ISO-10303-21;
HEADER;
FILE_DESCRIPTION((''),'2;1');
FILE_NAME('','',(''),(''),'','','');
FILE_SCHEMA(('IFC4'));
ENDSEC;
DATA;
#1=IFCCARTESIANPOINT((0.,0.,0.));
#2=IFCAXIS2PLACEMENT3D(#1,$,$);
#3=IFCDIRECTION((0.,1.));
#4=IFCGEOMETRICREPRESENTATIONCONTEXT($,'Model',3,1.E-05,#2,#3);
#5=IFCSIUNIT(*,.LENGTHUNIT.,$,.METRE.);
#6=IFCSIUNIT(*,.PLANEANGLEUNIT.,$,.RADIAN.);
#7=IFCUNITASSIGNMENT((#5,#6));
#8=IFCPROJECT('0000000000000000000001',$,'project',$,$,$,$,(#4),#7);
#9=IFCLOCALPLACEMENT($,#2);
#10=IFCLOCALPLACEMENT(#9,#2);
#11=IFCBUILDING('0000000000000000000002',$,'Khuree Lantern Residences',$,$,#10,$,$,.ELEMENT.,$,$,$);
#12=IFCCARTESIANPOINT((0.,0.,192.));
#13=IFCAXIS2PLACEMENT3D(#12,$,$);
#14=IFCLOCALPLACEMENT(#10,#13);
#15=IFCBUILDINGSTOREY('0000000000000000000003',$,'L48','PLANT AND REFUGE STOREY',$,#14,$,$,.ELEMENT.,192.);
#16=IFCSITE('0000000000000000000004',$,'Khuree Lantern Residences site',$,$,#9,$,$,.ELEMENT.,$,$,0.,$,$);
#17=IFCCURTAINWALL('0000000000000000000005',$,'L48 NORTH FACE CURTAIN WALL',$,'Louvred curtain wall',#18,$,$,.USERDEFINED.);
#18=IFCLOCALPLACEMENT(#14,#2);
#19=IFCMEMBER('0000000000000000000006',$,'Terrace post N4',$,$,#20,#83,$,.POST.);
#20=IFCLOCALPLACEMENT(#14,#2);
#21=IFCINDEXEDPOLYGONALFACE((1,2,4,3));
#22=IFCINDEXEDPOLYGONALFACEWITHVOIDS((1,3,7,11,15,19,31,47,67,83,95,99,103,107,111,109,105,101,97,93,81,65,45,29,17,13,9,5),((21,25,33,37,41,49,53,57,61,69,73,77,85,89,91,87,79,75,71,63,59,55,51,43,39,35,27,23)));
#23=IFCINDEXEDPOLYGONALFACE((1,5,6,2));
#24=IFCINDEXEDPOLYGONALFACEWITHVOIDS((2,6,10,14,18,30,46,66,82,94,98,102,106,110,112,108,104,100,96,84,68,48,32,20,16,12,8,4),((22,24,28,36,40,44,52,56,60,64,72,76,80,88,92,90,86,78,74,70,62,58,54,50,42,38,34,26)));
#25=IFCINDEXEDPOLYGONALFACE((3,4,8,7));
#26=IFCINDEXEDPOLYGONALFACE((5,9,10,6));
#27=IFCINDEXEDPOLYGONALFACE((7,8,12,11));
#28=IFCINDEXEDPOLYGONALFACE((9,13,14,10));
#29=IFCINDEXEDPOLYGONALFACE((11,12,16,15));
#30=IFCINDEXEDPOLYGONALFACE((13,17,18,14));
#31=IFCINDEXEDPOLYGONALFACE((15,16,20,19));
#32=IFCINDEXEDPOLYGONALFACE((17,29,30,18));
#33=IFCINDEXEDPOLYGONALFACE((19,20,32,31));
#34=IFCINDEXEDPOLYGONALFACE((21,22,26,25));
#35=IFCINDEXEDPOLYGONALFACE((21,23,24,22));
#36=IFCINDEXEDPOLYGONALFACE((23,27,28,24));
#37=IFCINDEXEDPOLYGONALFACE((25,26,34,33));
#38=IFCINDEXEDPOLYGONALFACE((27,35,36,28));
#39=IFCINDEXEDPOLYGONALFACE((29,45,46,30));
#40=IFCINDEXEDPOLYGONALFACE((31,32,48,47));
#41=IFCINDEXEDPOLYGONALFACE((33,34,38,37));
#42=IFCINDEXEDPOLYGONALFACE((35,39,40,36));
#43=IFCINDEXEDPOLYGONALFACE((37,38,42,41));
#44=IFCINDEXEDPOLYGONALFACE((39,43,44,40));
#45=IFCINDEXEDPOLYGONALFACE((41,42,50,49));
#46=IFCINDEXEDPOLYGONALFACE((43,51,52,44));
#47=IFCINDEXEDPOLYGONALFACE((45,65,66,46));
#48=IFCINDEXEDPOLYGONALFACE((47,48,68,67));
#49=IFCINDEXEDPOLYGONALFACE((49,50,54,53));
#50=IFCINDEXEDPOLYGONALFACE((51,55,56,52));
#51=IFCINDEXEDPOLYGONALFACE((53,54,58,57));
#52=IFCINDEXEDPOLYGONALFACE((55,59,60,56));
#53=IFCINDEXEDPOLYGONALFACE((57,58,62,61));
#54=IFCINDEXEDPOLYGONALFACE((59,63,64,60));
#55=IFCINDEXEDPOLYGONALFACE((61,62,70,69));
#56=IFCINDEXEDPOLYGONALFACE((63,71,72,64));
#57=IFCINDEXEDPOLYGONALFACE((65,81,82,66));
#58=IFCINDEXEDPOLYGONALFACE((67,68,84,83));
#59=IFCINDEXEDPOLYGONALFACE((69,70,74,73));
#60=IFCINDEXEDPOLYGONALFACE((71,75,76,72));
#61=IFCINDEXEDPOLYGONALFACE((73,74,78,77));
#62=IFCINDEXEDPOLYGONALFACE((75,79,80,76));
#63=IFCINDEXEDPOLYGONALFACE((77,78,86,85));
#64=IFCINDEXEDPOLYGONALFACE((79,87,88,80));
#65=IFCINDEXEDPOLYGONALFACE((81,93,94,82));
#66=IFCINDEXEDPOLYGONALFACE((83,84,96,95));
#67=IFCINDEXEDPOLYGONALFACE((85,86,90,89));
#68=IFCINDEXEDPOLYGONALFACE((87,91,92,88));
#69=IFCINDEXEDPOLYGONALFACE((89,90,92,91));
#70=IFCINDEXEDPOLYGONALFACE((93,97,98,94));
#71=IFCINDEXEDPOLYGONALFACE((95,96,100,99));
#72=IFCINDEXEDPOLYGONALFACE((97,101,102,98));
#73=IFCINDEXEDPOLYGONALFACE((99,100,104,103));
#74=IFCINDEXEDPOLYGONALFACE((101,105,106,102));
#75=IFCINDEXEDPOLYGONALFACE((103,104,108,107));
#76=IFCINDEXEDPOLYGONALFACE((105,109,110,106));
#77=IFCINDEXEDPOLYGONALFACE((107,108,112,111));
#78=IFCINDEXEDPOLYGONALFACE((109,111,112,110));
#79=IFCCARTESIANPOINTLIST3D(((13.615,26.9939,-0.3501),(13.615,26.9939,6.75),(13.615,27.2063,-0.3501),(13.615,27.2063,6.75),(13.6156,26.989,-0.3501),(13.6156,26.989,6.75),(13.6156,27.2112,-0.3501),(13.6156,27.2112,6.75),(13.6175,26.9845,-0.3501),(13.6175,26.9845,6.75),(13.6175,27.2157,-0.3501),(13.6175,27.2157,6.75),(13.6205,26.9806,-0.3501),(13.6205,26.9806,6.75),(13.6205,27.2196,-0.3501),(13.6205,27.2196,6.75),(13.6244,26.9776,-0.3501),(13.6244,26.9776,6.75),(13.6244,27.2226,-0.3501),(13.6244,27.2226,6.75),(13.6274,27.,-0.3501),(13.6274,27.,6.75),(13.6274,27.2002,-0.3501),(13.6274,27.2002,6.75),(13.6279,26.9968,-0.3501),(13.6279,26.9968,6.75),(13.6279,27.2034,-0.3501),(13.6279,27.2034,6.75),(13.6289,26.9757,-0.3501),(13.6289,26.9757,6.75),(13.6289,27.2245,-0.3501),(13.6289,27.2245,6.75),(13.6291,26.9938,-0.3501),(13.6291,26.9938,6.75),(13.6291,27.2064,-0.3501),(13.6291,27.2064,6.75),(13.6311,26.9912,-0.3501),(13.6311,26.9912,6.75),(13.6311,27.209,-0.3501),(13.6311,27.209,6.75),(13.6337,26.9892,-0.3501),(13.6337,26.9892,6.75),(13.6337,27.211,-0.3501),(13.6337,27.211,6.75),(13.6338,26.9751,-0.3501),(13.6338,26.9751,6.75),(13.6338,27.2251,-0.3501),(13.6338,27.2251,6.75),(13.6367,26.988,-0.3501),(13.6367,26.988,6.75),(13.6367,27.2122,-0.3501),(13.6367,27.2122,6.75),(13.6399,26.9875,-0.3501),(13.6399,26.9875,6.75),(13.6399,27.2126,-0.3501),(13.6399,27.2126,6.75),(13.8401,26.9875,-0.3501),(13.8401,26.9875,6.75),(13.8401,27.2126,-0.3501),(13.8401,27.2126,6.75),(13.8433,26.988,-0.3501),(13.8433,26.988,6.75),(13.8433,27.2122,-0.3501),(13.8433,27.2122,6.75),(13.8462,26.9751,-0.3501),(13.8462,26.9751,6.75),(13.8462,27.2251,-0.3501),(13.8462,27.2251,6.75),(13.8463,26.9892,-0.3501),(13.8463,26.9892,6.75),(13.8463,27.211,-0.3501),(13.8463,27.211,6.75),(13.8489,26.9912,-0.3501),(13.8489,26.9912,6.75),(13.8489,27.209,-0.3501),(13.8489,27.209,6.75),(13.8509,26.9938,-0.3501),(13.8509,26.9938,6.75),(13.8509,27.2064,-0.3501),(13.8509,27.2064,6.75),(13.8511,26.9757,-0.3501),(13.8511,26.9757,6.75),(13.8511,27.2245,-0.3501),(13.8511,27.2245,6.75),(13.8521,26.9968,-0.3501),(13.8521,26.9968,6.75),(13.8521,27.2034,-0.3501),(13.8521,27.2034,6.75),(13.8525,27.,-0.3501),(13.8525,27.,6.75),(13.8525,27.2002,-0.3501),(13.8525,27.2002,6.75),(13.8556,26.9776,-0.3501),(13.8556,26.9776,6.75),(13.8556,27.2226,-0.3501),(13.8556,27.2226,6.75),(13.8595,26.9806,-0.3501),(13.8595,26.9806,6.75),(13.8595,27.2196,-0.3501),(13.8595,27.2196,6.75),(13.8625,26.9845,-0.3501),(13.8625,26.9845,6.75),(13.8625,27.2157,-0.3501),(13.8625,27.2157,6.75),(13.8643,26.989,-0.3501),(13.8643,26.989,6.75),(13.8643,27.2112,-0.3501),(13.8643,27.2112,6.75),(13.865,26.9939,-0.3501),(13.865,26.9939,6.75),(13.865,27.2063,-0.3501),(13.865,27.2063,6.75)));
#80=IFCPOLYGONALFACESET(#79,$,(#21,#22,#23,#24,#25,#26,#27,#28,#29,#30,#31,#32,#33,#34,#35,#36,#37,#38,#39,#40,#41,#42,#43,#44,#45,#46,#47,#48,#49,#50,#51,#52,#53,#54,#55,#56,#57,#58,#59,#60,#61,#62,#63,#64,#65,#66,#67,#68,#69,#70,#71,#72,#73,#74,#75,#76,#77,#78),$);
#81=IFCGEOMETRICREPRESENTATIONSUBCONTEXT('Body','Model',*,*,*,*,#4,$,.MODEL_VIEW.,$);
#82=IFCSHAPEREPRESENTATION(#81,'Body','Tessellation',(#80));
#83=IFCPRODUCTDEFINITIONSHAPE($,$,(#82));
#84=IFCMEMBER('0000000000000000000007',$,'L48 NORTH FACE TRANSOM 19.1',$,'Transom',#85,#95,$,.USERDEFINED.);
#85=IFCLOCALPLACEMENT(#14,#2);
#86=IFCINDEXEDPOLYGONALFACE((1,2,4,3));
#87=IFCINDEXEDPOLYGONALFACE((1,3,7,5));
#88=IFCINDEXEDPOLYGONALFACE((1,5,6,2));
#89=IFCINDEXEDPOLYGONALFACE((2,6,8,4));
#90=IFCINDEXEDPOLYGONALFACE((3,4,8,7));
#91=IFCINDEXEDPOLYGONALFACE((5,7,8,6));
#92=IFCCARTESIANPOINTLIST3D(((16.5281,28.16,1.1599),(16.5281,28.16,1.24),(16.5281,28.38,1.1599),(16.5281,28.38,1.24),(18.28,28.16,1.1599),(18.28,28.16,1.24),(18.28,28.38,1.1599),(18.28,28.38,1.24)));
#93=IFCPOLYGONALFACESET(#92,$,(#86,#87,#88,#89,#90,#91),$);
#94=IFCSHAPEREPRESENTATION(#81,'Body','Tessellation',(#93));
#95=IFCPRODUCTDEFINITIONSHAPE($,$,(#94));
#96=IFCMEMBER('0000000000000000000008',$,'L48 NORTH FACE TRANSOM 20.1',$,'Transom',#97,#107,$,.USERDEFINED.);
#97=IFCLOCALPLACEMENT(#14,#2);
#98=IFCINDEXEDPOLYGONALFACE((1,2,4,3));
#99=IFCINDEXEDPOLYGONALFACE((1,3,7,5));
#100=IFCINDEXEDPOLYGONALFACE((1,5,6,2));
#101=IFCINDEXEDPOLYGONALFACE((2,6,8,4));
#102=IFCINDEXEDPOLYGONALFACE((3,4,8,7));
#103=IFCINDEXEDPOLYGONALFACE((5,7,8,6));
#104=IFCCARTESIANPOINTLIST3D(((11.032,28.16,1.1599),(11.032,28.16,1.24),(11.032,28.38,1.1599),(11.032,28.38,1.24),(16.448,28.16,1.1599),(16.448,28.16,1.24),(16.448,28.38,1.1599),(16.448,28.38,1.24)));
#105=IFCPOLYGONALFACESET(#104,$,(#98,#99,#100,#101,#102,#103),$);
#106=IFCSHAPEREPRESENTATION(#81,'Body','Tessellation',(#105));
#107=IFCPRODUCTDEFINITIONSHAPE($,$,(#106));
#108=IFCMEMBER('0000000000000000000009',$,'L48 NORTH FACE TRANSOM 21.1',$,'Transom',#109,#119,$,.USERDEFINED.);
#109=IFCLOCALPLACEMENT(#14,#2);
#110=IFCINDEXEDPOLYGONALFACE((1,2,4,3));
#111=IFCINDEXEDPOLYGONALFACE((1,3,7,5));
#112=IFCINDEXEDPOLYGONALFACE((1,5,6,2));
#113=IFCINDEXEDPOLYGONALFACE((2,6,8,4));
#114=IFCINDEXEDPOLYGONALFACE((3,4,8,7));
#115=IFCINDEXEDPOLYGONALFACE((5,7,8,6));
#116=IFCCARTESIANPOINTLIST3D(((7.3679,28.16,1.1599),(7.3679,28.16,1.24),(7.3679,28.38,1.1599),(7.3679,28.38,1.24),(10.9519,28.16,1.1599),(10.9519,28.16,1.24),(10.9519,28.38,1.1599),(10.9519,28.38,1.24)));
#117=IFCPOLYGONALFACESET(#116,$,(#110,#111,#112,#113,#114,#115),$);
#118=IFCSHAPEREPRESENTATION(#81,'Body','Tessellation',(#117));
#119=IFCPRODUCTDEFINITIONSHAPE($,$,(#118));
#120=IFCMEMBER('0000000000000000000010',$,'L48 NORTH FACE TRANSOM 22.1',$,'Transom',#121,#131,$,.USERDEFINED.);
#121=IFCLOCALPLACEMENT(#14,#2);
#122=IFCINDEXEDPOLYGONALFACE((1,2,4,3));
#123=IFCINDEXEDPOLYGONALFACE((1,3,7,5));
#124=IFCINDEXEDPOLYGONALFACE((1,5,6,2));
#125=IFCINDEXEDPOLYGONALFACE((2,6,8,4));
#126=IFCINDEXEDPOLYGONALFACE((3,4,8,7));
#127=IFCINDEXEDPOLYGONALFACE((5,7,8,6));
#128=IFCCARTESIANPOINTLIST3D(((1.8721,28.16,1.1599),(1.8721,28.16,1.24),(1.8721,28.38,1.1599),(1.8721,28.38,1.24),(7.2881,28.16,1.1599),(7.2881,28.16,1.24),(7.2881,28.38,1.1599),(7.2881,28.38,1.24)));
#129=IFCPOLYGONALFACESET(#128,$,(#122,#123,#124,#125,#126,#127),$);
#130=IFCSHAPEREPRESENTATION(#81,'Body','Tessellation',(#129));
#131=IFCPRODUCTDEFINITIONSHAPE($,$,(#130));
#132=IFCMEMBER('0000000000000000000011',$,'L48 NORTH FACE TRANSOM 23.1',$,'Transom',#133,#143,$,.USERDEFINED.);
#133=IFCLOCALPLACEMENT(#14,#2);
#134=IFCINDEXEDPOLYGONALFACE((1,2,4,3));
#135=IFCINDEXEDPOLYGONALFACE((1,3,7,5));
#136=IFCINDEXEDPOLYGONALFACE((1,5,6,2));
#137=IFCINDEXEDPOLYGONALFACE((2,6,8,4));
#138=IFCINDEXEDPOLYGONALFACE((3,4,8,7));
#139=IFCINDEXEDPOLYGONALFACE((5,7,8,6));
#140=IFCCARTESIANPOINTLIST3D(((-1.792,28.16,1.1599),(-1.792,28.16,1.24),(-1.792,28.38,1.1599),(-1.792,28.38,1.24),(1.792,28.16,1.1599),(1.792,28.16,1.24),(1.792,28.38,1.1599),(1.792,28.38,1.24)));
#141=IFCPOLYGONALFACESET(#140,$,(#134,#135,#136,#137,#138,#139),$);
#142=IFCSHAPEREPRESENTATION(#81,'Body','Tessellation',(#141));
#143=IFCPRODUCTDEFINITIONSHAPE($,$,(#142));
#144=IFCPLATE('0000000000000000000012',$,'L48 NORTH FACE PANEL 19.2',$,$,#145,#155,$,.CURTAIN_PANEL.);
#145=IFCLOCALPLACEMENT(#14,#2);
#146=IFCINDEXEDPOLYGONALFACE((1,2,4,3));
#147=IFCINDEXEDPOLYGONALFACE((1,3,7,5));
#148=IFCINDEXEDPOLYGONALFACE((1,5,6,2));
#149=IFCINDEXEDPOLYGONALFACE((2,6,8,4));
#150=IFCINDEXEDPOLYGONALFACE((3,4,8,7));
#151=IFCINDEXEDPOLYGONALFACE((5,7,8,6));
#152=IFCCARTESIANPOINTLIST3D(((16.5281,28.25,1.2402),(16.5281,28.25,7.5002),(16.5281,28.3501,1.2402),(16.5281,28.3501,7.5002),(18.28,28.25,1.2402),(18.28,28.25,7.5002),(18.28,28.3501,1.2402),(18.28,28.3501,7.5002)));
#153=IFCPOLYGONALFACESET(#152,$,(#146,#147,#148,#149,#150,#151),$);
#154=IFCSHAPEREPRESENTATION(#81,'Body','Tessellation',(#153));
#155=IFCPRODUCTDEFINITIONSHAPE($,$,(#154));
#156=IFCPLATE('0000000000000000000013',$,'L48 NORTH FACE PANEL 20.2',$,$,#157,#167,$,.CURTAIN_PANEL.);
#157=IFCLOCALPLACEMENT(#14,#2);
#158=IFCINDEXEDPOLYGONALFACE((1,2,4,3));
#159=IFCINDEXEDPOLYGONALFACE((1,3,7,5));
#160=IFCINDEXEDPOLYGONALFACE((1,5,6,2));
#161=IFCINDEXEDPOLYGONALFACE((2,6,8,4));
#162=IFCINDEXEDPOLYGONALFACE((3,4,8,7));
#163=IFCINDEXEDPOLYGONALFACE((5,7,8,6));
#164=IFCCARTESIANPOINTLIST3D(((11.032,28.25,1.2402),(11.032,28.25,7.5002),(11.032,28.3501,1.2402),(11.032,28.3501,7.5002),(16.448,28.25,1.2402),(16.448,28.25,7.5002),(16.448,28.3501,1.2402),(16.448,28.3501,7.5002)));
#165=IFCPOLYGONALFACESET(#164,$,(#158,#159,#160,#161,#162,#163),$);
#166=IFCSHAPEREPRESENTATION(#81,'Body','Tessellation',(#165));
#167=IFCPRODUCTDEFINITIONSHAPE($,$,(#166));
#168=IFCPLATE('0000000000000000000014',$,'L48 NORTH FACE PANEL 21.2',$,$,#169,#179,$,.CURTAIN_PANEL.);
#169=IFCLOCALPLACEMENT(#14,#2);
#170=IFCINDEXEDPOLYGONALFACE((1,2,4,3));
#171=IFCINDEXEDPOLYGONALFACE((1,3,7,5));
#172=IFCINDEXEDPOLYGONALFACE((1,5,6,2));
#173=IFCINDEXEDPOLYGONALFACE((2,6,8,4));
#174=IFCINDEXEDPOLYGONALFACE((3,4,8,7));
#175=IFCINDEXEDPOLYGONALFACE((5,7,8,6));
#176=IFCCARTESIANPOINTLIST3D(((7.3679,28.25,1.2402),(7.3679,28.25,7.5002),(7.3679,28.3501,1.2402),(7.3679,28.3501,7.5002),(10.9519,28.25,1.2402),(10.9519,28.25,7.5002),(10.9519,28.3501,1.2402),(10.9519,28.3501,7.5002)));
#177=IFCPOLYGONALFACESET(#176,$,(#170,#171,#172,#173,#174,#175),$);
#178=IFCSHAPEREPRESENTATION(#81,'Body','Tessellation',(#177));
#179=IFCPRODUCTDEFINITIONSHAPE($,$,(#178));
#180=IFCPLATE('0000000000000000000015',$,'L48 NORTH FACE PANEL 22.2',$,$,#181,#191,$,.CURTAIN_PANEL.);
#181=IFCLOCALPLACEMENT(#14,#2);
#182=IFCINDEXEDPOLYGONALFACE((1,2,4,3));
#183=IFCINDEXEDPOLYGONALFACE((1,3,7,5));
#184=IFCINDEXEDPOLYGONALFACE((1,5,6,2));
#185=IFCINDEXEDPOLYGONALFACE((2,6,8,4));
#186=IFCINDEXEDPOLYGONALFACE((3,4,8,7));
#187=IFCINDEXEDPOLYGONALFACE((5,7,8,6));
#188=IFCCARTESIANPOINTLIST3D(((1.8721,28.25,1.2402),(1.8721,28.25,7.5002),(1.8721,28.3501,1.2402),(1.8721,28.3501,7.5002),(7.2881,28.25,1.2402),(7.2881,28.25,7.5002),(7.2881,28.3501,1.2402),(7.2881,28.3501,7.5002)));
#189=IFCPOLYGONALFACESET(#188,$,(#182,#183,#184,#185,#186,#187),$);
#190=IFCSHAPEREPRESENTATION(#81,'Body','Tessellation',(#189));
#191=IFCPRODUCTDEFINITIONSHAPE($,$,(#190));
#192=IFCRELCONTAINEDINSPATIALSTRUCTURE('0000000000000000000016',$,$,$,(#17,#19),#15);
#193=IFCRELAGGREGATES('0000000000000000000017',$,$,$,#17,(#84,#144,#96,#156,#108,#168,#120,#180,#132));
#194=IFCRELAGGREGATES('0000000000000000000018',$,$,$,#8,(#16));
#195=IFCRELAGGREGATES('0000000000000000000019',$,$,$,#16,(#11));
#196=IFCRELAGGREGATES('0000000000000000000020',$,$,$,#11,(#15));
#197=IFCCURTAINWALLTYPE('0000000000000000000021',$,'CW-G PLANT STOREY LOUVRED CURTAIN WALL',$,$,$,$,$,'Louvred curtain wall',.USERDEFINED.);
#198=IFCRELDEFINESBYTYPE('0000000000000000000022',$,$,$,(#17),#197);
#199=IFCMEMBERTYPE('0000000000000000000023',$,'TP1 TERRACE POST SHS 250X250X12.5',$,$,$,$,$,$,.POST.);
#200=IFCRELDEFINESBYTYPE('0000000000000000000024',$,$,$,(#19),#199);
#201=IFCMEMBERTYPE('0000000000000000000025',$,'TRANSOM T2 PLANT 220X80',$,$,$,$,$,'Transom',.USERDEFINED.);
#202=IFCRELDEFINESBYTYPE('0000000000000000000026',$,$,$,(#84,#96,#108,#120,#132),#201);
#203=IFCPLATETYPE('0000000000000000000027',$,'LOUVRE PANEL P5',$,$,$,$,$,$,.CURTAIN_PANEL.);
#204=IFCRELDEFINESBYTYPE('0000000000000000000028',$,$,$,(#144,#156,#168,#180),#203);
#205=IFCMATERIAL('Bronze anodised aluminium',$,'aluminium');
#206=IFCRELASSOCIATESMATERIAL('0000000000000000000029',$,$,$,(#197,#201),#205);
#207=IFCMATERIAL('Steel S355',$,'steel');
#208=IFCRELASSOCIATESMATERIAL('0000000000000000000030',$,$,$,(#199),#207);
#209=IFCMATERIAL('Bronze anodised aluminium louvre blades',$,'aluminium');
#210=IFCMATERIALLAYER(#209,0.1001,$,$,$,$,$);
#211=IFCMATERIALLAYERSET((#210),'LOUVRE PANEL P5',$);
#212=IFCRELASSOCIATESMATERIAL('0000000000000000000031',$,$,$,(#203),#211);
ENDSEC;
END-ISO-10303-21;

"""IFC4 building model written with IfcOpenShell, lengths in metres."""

from ifc_helpers import new_model, si_unit, direction, frame, origin, origin_2d, place, context, subcontext, project, spatial, rectangle, hollow_rectangle, extrude, material, layer, layer_set, material_profile, profile_set, type_object, element, aggregate, save


model = new_model("IFC4")

# Units and contexts
model_context = context("Model", 3, precision=1e-05, world=origin(), true_north=direction((0.0, 1.0)))
body_context = subcontext(model_context, "Body", "Model", "MODEL_VIEW")
ifc_project = project(units=[si_unit("LENGTHUNIT", "METRE"), si_unit("PLANEANGLEUNIT", "RADIAN")], contexts=[model_context])

# Site, building, storey
site_placement = place(None, origin())
site = spatial("IfcSite", under=ifc_project, at=site_placement, Name="Khuree Lantern Residences site", CompositionType="ELEMENT", RefElevation=0.0)
building_placement = place(site_placement, origin())
building = spatial("IfcBuilding", under=site, at=building_placement, Name="Khuree Lantern Residences", CompositionType="ELEMENT")
storey_placement = place(building_placement, frame((0.0, 0.0, 192.0)))
storey = spatial("IfcBuildingStorey", under=building, at=storey_placement, Name="L48", Description="PLANT AND REFUGE STOREY", CompositionType="ELEMENT", Elevation=192.0)

# Shared definitions
ifc_material_1 = material(Name="Steel S355", Category="steel")

# Curtain wall
ifc_material_2 = material(Name="Bronze anodised aluminium", Category="aluminium")
curtain_wall_type = type_object("IfcCurtainWallType", Name="CW-G PLANT STOREY LOUVRED CURTAIN WALL", ElementType="Louvred curtain wall", PredefinedType="USERDEFINED", material=ifc_material_2)
curtain_wall_placement = place(storey_placement, origin())
curtain_wall = element("IfcCurtainWall", 1, at=curtain_wall_placement, inside=storey, type_object=curtain_wall_type, Name="L48 NORTH FACE CURTAIN WALL", ObjectType="Louvred curtain wall", PredefinedType="USERDEFINED")

# Member
ifc_material_profile_1 = material_profile(ifc_material_1, hollow_rectangle(XDim=0.25, YDim=0.25, WallThickness=0.0125, InnerFilletRadius=0.0125, OuterFilletRadius=0.0188, at=origin_2d()), Name="SHS 250X250X12.5")
ifc_profile_set_1 = profile_set([ifc_material_profile_1], Name="Steel S355")
member_type_1 = type_object("IfcMemberType", Name="TP1 TERRACE POST SHS 250X250X12.5", PredefinedType="POST", material=ifc_profile_set_1)
for number, where, z_axis, x_axis, name in (
    (2, (13.74, 27.1001, -0.3501), (0.0, 0.0, 1.0), (1.0, 0.0, 0.0), "Terrace post N4"),
):
    element("IfcMember", number, at=place(storey_placement, frame(where, z_axis=z_axis, x_axis=x_axis)), inside=storey, type_object=member_type_1, Name=name, PredefinedType="POST", context=body_context, shape_type="SweptSolid", body=[
        extrude(hollow_rectangle(XDim=0.25, YDim=0.25, WallThickness=0.0125, InnerFilletRadius=0.0125, OuterFilletRadius=0.0188, at=origin_2d()), origin(), (0.0, 0.0, 1.0), 7.1001),
    ])

# Members
ifc_material_profile_2 = material_profile(ifc_material_2, rectangle(XDim=0.22, YDim=0.0801, at=origin_2d()), Name="T2 220X80")
ifc_profile_set_2 = profile_set([ifc_material_profile_2], Name="Bronze anodised aluminium")
member_type_2 = type_object("IfcMemberType", Name="TRANSOM T2 PLANT 220X80", ElementType="Transom", PredefinedType="USERDEFINED", material=ifc_profile_set_2)
member_1_placement = place(storey_placement, frame((18.28, 28.27, 1.2), z_axis=(-1.0, 0.0, 0.0), x_axis=(0.0, -1.0, 0.0)))
member_1 = element("IfcMember", 3, at=member_1_placement, type_object=member_type_2, Name="L48 NORTH FACE TRANSOM 19.1", ObjectType="Transom", PredefinedType="USERDEFINED", context=body_context, shape_type="SweptSolid", body=[
    extrude(rectangle(XDim=0.22, YDim=0.0801, at=origin_2d()), origin(), (0.0, 0.0, 1.0), 1.752),
])
member_2_placement = place(storey_placement, frame((16.448, 28.27, 1.2), z_axis=(-1.0, 0.0, 0.0), x_axis=(0.0, -1.0, 0.0)))
member_2 = element("IfcMember", 4, at=member_2_placement, type_object=member_type_2, Name="L48 NORTH FACE TRANSOM 20.1", ObjectType="Transom", PredefinedType="USERDEFINED", context=body_context, shape_type="SweptSolid", body=[
    extrude(rectangle(XDim=0.22, YDim=0.0801, at=origin_2d()), origin(), (0.0, 0.0, 1.0), 5.416),
])
member_3_placement = place(storey_placement, frame((10.9519, 28.27, 1.2), z_axis=(-1.0, 0.0, 0.0), x_axis=(0.0, -1.0, 0.0)))
member_3 = element("IfcMember", 5, at=member_3_placement, type_object=member_type_2, Name="L48 NORTH FACE TRANSOM 21.1", ObjectType="Transom", PredefinedType="USERDEFINED", context=body_context, shape_type="SweptSolid", body=[
    extrude(rectangle(XDim=0.22, YDim=0.0801, at=origin_2d()), origin(), (0.0, 0.0, 1.0), 3.584),
])
member_4_placement = place(storey_placement, frame((7.2881, 28.27, 1.2), z_axis=(-1.0, 0.0, 0.0), x_axis=(0.0, -1.0, 0.0)))
member_4 = element("IfcMember", 6, at=member_4_placement, type_object=member_type_2, Name="L48 NORTH FACE TRANSOM 22.1", ObjectType="Transom", PredefinedType="USERDEFINED", context=body_context, shape_type="SweptSolid", body=[
    extrude(rectangle(XDim=0.22, YDim=0.0801, at=origin_2d()), origin(), (0.0, 0.0, 1.0), 5.416),
])
member_5_placement = place(storey_placement, frame((1.792, 28.27, 1.2), z_axis=(-1.0, 0.0, 0.0), x_axis=(0.0, -1.0, 0.0)))
member_5 = element("IfcMember", 7, at=member_5_placement, type_object=member_type_2, Name="L48 NORTH FACE TRANSOM 23.1", ObjectType="Transom", PredefinedType="USERDEFINED", context=body_context, shape_type="SweptSolid", body=[
    extrude(rectangle(XDim=0.22, YDim=0.0801, at=origin_2d()), origin(), (0.0, 0.0, 1.0), 3.584),
])

# Plates
ifc_material_3 = material(Name="Bronze anodised aluminium louvre blades", Category="aluminium")
ifc_layer_1 = layer(ifc_material_3, 0.1001)
ifc_layer_set_1 = layer_set([ifc_layer_1], Name="LOUVRE PANEL P5")
plate_type_1 = type_object("IfcPlateType", Name="LOUVRE PANEL P5", PredefinedType="CURTAIN_PANEL", material=ifc_layer_set_1)
plate_1_placement = place(storey_placement, frame((17.4041, 28.3, 1.2402), z_axis=(0.0, 0.0, 1.0), x_axis=(-1.0, 0.0, 0.0)))
plate_1 = element("IfcPlate", 8, at=plate_1_placement, type_object=plate_type_1, Name="L48 NORTH FACE PANEL 19.2", PredefinedType="CURTAIN_PANEL", context=body_context, shape_type="SweptSolid", body=[
    extrude(rectangle(XDim=1.752, YDim=0.1001, at=origin_2d()), origin(), (0.0, 0.0, 1.0), 6.26),
])
plate_2_placement = place(storey_placement, frame((13.74, 28.3, 1.2402), z_axis=(0.0, 0.0, 1.0), x_axis=(-1.0, 0.0, 0.0)))
plate_2 = element("IfcPlate", 9, at=plate_2_placement, type_object=plate_type_1, Name="L48 NORTH FACE PANEL 20.2", PredefinedType="CURTAIN_PANEL", context=body_context, shape_type="SweptSolid", body=[
    extrude(rectangle(XDim=5.416, YDim=0.1001, at=origin_2d()), origin(), (0.0, 0.0, 1.0), 6.26),
])
plate_3_placement = place(storey_placement, frame((9.1599, 28.3, 1.2402), z_axis=(0.0, 0.0, 1.0), x_axis=(-1.0, 0.0, 0.0)))
plate_3 = element("IfcPlate", 10, at=plate_3_placement, type_object=plate_type_1, Name="L48 NORTH FACE PANEL 21.2", PredefinedType="CURTAIN_PANEL", context=body_context, shape_type="SweptSolid", body=[
    extrude(rectangle(XDim=3.584, YDim=0.1001, at=origin_2d()), origin(), (0.0, 0.0, 1.0), 6.26),
])
plate_4_placement = place(storey_placement, frame((4.5801, 28.3, 1.2402), z_axis=(0.0, 0.0, 1.0), x_axis=(-1.0, 0.0, 0.0)))
plate_4 = element("IfcPlate", 11, at=plate_4_placement, type_object=plate_type_1, Name="L48 NORTH FACE PANEL 22.2", PredefinedType="CURTAIN_PANEL", context=body_context, shape_type="SweptSolid", body=[
    extrude(rectangle(XDim=5.416, YDim=0.1001, at=origin_2d()), origin(), (0.0, 0.0, 1.0), 6.26),
])
aggregate(curtain_wall, [member_1, plate_1, member_2, plate_2, member_3, plate_3, member_4, plate_4, member_5])

save(model, "model.ifc")
